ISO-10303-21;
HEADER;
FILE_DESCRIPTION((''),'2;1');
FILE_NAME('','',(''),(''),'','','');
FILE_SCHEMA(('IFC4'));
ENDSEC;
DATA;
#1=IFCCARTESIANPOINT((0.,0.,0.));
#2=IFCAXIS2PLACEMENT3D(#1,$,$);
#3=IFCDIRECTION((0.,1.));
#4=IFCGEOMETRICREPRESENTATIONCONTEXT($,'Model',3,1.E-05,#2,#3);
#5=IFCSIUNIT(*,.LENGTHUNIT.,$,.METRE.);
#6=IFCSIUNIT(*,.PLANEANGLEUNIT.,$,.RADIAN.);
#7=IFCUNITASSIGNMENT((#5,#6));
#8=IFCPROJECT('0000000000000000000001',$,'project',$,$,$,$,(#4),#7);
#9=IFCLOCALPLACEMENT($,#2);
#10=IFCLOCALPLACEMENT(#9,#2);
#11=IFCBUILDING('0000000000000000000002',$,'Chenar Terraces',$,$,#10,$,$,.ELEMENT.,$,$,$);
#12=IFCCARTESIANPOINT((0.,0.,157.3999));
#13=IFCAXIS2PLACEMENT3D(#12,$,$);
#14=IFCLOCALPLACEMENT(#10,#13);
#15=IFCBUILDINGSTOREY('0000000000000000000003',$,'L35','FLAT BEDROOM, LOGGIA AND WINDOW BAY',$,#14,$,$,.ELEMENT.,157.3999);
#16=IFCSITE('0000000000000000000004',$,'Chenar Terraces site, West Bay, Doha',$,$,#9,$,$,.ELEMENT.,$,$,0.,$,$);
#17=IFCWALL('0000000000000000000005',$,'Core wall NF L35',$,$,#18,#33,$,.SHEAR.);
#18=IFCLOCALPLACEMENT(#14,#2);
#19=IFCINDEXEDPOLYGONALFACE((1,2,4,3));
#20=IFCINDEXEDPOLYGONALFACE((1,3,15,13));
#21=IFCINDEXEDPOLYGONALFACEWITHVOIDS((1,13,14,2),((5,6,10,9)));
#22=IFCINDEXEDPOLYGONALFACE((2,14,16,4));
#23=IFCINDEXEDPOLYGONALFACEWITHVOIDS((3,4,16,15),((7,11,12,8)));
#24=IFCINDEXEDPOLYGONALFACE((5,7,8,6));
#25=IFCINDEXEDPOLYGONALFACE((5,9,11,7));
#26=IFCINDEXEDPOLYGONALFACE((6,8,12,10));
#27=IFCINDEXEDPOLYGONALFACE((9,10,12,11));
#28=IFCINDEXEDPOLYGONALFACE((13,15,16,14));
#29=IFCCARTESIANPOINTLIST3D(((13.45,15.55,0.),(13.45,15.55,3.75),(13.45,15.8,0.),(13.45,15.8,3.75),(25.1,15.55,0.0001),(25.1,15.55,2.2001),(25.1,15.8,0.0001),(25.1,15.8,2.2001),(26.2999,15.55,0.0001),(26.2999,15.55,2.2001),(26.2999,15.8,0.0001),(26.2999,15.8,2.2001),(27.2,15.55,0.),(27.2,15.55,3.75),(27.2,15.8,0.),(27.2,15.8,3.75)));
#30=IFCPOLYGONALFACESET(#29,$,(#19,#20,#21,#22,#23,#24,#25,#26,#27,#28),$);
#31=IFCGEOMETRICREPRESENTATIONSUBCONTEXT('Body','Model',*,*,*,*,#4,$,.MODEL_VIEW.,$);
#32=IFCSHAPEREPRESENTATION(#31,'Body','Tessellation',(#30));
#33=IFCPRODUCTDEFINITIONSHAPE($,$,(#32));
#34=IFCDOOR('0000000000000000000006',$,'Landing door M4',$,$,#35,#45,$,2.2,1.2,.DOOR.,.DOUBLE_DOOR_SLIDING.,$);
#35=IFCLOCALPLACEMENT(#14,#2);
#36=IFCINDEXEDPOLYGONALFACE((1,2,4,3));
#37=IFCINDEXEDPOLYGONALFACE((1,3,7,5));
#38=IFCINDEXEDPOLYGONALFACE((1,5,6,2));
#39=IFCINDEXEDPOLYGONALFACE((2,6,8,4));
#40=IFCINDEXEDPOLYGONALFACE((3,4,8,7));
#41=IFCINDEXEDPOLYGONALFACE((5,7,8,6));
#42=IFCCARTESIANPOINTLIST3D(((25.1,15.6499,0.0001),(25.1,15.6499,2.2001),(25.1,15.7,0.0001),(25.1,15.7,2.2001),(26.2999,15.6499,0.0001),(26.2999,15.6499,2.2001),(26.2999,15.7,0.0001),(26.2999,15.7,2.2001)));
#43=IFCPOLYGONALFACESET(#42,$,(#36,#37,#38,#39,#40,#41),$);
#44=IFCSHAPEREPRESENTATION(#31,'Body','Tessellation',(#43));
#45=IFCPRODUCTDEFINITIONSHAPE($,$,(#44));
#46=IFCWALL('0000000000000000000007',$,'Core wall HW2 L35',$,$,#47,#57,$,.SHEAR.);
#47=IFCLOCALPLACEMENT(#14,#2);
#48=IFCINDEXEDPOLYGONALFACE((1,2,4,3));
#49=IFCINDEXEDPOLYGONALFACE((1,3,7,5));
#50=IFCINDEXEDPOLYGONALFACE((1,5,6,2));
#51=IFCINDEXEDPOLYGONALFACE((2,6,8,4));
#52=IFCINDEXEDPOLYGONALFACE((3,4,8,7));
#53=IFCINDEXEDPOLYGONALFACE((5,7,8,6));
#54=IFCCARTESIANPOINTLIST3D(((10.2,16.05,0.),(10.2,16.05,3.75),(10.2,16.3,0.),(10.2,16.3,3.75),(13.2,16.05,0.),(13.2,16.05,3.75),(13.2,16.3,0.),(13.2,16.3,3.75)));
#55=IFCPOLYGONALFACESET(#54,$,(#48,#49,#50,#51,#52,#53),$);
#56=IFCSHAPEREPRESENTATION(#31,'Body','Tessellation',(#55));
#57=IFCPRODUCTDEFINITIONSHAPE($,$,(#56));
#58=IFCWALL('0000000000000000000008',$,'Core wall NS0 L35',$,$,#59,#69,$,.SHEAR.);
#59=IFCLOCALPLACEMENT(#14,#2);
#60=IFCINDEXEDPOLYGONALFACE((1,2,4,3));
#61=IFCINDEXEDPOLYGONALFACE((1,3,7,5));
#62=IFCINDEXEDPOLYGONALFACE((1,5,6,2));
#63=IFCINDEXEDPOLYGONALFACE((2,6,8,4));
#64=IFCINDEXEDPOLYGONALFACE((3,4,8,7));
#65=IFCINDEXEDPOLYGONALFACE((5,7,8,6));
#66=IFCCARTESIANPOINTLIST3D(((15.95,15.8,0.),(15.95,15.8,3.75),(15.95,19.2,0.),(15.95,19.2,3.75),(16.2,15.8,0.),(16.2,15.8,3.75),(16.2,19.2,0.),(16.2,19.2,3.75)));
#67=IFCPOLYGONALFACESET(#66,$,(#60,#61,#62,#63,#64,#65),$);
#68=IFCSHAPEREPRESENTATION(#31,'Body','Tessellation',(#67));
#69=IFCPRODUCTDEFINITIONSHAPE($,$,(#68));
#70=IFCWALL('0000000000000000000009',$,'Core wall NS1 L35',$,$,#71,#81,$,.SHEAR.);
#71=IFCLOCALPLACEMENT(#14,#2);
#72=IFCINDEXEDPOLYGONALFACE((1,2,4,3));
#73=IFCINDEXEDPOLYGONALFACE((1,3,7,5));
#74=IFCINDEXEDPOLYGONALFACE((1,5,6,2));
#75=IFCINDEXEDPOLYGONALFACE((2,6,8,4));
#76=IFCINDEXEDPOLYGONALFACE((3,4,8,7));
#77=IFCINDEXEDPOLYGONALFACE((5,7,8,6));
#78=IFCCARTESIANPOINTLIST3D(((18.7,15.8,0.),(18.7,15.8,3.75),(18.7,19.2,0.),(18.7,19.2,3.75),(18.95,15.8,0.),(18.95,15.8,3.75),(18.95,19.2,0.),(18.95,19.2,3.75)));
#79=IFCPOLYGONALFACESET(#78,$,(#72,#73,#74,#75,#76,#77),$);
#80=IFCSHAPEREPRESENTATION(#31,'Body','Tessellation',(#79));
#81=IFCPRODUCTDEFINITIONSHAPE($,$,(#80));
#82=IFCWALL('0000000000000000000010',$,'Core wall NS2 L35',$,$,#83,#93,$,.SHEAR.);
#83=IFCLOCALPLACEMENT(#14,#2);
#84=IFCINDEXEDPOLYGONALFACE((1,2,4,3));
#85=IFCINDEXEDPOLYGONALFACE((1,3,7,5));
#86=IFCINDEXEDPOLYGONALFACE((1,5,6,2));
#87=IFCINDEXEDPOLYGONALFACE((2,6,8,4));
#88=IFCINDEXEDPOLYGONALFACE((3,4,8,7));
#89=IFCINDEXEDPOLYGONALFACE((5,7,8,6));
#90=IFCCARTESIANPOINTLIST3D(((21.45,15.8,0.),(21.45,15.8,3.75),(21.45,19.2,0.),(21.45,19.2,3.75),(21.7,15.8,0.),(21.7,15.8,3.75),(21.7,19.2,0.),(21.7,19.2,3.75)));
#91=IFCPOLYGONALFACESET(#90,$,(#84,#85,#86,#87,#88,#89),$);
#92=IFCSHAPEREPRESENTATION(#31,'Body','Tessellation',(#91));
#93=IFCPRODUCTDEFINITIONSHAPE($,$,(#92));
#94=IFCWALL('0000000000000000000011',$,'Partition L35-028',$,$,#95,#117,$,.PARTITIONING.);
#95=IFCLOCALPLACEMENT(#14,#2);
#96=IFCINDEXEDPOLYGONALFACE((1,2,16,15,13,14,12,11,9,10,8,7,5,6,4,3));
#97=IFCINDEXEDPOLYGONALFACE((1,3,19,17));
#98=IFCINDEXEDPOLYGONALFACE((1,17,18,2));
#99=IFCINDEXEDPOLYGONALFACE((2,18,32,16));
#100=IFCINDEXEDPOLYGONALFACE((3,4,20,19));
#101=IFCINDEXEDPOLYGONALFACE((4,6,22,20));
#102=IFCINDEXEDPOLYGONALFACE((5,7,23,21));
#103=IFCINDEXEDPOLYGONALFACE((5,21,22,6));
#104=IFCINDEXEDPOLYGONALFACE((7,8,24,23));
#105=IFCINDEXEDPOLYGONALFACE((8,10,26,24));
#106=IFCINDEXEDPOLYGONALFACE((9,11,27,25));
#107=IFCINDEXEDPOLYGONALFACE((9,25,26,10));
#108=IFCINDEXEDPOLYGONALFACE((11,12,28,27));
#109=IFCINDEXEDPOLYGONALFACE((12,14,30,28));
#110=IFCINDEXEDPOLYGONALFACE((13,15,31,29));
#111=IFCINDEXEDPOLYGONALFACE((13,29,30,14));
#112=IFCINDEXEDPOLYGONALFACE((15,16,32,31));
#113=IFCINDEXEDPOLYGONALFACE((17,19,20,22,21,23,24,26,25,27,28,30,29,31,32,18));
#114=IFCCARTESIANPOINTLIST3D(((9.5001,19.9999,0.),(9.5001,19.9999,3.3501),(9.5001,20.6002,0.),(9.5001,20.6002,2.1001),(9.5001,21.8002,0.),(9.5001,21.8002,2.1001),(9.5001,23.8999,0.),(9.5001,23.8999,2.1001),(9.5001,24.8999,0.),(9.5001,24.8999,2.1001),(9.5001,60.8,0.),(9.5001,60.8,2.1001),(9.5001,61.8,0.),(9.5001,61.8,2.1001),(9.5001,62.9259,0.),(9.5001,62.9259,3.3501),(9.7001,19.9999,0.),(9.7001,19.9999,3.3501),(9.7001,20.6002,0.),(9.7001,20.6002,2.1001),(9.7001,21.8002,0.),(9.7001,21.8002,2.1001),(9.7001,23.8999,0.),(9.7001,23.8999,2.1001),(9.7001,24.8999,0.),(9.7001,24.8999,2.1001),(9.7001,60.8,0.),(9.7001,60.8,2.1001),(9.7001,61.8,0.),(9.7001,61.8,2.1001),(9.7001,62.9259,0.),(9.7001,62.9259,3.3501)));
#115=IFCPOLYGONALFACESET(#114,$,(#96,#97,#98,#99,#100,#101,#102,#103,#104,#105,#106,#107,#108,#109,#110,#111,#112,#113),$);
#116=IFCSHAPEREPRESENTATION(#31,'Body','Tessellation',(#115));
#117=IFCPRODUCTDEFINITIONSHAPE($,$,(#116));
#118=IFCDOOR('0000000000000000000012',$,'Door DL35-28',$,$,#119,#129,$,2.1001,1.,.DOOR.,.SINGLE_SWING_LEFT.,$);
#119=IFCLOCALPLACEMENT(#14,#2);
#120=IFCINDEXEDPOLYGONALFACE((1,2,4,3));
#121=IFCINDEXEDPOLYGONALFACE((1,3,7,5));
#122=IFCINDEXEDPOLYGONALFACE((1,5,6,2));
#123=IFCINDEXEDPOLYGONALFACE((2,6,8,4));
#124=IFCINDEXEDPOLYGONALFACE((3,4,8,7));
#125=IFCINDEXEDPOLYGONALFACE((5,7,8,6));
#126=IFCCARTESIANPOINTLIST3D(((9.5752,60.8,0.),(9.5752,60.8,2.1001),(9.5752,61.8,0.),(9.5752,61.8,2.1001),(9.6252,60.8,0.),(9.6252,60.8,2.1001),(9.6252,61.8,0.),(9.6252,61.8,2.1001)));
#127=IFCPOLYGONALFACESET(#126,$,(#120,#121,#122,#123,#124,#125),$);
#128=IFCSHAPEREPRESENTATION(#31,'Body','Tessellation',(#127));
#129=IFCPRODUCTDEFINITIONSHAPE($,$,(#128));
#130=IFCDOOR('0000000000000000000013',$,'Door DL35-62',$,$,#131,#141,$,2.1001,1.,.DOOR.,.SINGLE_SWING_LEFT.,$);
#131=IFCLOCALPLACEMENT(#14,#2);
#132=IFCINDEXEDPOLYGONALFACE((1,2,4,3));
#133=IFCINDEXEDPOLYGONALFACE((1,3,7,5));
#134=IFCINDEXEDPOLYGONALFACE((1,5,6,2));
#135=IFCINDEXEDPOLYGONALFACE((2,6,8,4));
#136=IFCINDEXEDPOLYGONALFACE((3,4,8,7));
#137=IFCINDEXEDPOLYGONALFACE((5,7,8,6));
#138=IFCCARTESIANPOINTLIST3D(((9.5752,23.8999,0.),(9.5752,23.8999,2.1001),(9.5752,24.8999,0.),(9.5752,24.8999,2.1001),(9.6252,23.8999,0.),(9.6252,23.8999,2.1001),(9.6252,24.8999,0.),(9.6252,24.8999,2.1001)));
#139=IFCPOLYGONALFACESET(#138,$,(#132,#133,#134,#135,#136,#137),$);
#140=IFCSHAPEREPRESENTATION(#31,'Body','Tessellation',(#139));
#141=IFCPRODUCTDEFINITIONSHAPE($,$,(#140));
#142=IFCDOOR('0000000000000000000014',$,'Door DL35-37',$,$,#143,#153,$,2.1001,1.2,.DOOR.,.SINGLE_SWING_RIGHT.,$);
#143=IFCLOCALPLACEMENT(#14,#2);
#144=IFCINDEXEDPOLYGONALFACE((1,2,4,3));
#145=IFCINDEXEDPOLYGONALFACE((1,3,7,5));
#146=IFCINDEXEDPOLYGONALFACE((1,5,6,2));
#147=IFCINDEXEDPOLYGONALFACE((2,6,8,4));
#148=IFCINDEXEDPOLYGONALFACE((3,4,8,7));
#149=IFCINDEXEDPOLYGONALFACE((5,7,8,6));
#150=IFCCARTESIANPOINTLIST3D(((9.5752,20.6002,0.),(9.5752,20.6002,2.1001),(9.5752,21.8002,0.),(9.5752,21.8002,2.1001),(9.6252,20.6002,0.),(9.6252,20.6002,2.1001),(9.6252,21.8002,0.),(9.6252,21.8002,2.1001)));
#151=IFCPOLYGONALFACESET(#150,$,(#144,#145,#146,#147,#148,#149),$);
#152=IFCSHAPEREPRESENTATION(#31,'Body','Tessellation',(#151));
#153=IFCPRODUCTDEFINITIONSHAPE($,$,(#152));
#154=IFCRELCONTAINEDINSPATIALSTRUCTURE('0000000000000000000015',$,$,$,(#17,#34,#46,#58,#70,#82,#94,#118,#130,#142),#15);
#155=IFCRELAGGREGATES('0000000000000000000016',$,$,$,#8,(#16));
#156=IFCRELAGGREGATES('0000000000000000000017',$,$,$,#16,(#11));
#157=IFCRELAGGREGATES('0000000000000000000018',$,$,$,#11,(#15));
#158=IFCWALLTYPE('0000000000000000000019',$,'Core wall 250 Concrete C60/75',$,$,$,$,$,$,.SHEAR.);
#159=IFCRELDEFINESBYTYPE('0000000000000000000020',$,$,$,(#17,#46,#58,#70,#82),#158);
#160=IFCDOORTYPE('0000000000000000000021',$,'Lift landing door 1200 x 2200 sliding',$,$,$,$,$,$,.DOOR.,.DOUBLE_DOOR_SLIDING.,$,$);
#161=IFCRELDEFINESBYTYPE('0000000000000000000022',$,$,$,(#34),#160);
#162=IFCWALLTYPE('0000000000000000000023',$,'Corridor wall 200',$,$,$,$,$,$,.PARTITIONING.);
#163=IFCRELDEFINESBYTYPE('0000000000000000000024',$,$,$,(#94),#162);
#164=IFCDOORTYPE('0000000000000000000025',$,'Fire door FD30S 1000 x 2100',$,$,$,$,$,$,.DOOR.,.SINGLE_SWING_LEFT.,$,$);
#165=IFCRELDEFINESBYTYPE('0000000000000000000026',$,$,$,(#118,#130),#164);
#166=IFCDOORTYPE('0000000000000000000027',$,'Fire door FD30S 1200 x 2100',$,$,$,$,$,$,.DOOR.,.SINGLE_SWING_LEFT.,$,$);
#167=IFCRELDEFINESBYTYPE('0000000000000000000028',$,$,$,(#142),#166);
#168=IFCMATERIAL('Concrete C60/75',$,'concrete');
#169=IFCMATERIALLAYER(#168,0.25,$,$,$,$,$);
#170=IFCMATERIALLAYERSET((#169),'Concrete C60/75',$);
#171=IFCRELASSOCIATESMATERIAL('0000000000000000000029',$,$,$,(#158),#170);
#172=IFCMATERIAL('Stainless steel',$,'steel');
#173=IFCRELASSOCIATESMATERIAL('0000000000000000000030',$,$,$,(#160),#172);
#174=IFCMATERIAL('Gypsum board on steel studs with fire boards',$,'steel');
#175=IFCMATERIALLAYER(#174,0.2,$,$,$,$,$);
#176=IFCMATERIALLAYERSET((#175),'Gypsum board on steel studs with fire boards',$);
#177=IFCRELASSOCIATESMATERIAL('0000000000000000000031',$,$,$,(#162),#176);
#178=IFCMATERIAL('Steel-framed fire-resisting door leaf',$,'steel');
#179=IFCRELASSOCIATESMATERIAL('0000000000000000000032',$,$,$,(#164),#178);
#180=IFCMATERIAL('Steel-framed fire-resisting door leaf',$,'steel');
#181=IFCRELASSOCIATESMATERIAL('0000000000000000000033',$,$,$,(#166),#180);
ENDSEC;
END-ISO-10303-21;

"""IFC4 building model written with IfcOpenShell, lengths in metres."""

from ifc_helpers import new_model, si_unit, direction, frame, frame_2d, origin, place, context, subcontext, project, spatial, rectangle, extrude, material, layer, layer_set, type_object, element, fill, save


model = new_model("IFC4")

# Units and contexts
model_context = context("Model", 3, precision=1e-05, world=origin(), true_north=direction((0.0, 1.0)))
body_context = subcontext(model_context, "Body", "Model", "MODEL_VIEW")
ifc_project = project(units=[si_unit("LENGTHUNIT", "METRE"), si_unit("PLANEANGLEUNIT", "RADIAN")], contexts=[model_context])

# Site, building, storey
site_placement = place(None, origin())
site = spatial("IfcSite", under=ifc_project, at=site_placement, Name="Chenar Terraces site, West Bay, Doha", CompositionType="ELEMENT", RefElevation=0.0)
building_placement = place(site_placement, origin())
building = spatial("IfcBuilding", under=site, at=building_placement, Name="Chenar Terraces", CompositionType="ELEMENT")
storey_placement = place(building_placement, frame((0.0, 0.0, 157.3999)))
storey = spatial("IfcBuildingStorey", under=building, at=storey_placement, Name="L35", Description="FLAT BEDROOM, LOGGIA AND WINDOW BAY", CompositionType="ELEMENT", Elevation=157.3999)

# Wall, opening, door
ifc_material_1 = material(Name="Concrete C60/75", Category="concrete")
ifc_layer_1 = layer(ifc_material_1, 0.25)
ifc_layer_set_1 = layer_set([ifc_layer_1], Name="Concrete C60/75")
wall_type_1 = type_object("IfcWallType", Name="Core wall 250 Concrete C60/75", PredefinedType="SHEAR", material=ifc_layer_set_1)
wall_1_placement = place(storey_placement, frame((13.45, 15.675, 0.0), z_axis=(0.0, 0.0, 1.0), x_axis=(1.0, 0.0, 0.0)))
wall_1 = element("IfcWall", 1, at=wall_1_placement, inside=storey, type_object=wall_type_1, Name="Core wall NF L35", PredefinedType="SHEAR", context=body_context, shape_type="SweptSolid", body=[
    extrude(rectangle(XDim=13.75, YDim=0.25, at=frame_2d((6.875, 0.0))), origin(), (0.0, 0.0, 1.0), 3.75),
])
opening_1_placement = place(wall_1_placement, frame((11.6499, 0.0, 0.0)))
opening_1 = element("IfcOpeningElement", 2, at=opening_1_placement, cuts=wall_1, PredefinedType="OPENING", context=body_context, shape_type="SweptSolid", body=[
    extrude(rectangle(XDim=1.2, YDim=2.2, at=frame_2d((0.6001, 1.1001))), frame((0.0, 0.135, 0.0), z_axis=(0.0, -1.0, 0.0), x_axis=(1.0, 0.0, 0.0)), (0.0, 0.0, 1.0), 0.27),
])
ifc_material_2 = material(Name="Stainless steel", Category="steel")
door_type_1 = type_object("IfcDoorType", Name="Lift landing door 1200 x 2200 sliding", OperationType="DOUBLE_DOOR_SLIDING", PredefinedType="DOOR", material=ifc_material_2)
door_1_placement = place(opening_1_placement, origin())
door_1 = element("IfcDoor", 3, at=door_1_placement, inside=storey, type_object=door_type_1, Name="Landing door M4", OperationType="DOUBLE_DOOR_SLIDING", OverallHeight=2.2, OverallWidth=1.2, PredefinedType="DOOR", context=body_context, shape_type="SweptSolid", body=[
    extrude(rectangle(XDim=1.2, YDim=2.2, at=frame_2d((0.6001, 1.1001))), frame((0.0, 0.0249, 0.0), z_axis=(0.0, -1.0, 0.0), x_axis=(1.0, 0.0, 0.0)), (0.0, 0.0, 1.0), 0.05),
])
fill(opening_1, door_1)

# Walls
wall_2_placement = place(storey_placement, frame((10.2, 16.175, 0.0), z_axis=(0.0, 0.0, 1.0), x_axis=(1.0, 0.0, 0.0)))
element("IfcWall", 4, at=wall_2_placement, inside=storey, type_object=wall_type_1, Name="Core wall HW2 L35", PredefinedType="SHEAR", context=body_context, shape_type="SweptSolid", body=[
    extrude(rectangle(XDim=3.0, YDim=0.25, at=frame_2d((1.5, 0.0))), origin(), (0.0, 0.0, 1.0), 3.75),
])
for number, where, z_axis, x_axis, name in (
    (5, (16.075, 15.8, 0.0), (0.0, 0.0, 1.0), (0.0, 1.0, 0.0), "Core wall NS0 L35"),
    (6, (18.825, 15.8, 0.0), (0.0, 0.0, 1.0), (0.0, 1.0, 0.0), "Core wall NS1 L35"),
    (7, (21.575, 15.8, 0.0), (0.0, 0.0, 1.0), (0.0, 1.0, 0.0), "Core wall NS2 L35"),
):
    element("IfcWall", number, at=place(storey_placement, frame(where, z_axis=z_axis, x_axis=x_axis)), inside=storey, type_object=wall_type_1, Name=name, PredefinedType="SHEAR", context=body_context, shape_type="SweptSolid", body=[
        extrude(rectangle(XDim=3.3999, YDim=0.25, at=frame_2d((1.7, 0.0))), origin(), (0.0, 0.0, 1.0), 3.75),
    ])

# Wall, openings, doors
ifc_material_3 = material(Name="Gypsum board on steel studs with fire boards", Category="steel")
ifc_layer_2 = layer(ifc_material_3, 0.2)
ifc_layer_set_2 = layer_set([ifc_layer_2], Name="Gypsum board on steel studs with fire boards")
wall_type_2 = type_object("IfcWallType", Name="Corridor wall 200", PredefinedType="PARTITIONING", material=ifc_layer_set_2)
wall_3_placement = place(storey_placement, frame((9.6001, 20.0, 0.0), z_axis=(0.0, 0.0, 1.0), x_axis=(0.0, 1.0, 0.0)))
wall_3 = element("IfcWall", 8, at=wall_3_placement, inside=storey, type_object=wall_type_2, Name="Partition L35-028", PredefinedType="PARTITIONING", context=body_context, shape_type="SweptSolid", body=[
    extrude(rectangle(XDim=42.926, YDim=0.2, at=frame_2d((21.4629, 0.0))), origin(), (0.0, 0.0, 1.0), 3.3501),
])
opening_2_placement = place(wall_3_placement, frame((40.8, 0.0, 0.0)))
opening_2 = element("IfcOpeningElement", 9, at=opening_2_placement, cuts=wall_3, PredefinedType="OPENING", context=body_context, shape_type="SweptSolid", body=[
    extrude(rectangle(XDim=1.0, YDim=2.1001, at=frame_2d((0.5, 1.05))), frame((0.0, 0.1099, 0.0), z_axis=(0.0, -1.0, 0.0), x_axis=(1.0, 0.0, 0.0)), (0.0, 0.0, 1.0), 0.22),
])
opening_3_placement = place(wall_3_placement, frame((0.6001, 0.0, 0.0)))
opening_3 = element("IfcOpeningElement", 10, at=opening_3_placement, cuts=wall_3, PredefinedType="OPENING", context=body_context, shape_type="SweptSolid", body=[
    extrude(rectangle(XDim=1.2, YDim=2.1001, at=frame_2d((0.6001, 1.05))), frame((0.0, 0.1099, 0.0), z_axis=(0.0, -1.0, 0.0), x_axis=(1.0, 0.0, 0.0)), (0.0, 0.0, 1.0), 0.22),
])
opening_4_placement = place(wall_3_placement, frame((3.8999, 0.0, 0.0)))
opening_4 = element("IfcOpeningElement", 11, at=opening_4_placement, cuts=wall_3, PredefinedType="OPENING", context=body_context, shape_type="SweptSolid", body=[
    extrude(rectangle(XDim=1.0, YDim=2.1001, at=frame_2d((0.5, 1.05))), frame((0.0, 0.1099, 0.0), z_axis=(0.0, -1.0, 0.0), x_axis=(1.0, 0.0, 0.0)), (0.0, 0.0, 1.0), 0.22),
])
ifc_material_4 = material(Name="Steel-framed fire-resisting door leaf", Category="steel")
door_type_2 = type_object("IfcDoorType", Name="Fire door FD30S 1000 x 2100", OperationType="SINGLE_SWING_LEFT", PredefinedType="DOOR", material=ifc_material_4)
door_2_placement = place(opening_2_placement, origin())
door_2 = element("IfcDoor", 12, at=door_2_placement, inside=storey, type_object=door_type_2, Name="Door DL35-28", OperationType="SINGLE_SWING_LEFT", OverallHeight=2.1001, OverallWidth=1.0, PredefinedType="DOOR", context=body_context, shape_type="SweptSolid", body=[
    extrude(rectangle(XDim=1.0, YDim=2.1001, at=frame_2d((0.5, 1.05))), frame((0.0, 0.0249, 0.0), z_axis=(0.0, -1.0, 0.0), x_axis=(1.0, 0.0, 0.0)), (0.0, 0.0, 1.0), 0.05),
])
fill(opening_2, door_2)
door_3_placement = place(opening_4_placement, origin())
door_3 = element("IfcDoor", 13, at=door_3_placement, inside=storey, type_object=door_type_2, Name="Door DL35-62", OperationType="SINGLE_SWING_LEFT", OverallHeight=2.1001, OverallWidth=1.0, PredefinedType="DOOR", context=body_context, shape_type="SweptSolid", body=[
    extrude(rectangle(XDim=1.0, YDim=2.1001, at=frame_2d((0.5, 1.05))), frame((0.0, 0.0249, 0.0), z_axis=(0.0, -1.0, 0.0), x_axis=(1.0, 0.0, 0.0)), (0.0, 0.0, 1.0), 0.05),
])
fill(opening_4, door_3)
ifc_material_5 = material(Name="Steel-framed fire-resisting door leaf", Category="steel")
door_type_3 = type_object("IfcDoorType", Name="Fire door FD30S 1200 x 2100", OperationType="SINGLE_SWING_LEFT", PredefinedType="DOOR", material=ifc_material_5)
door_4_placement = place(opening_3_placement, origin())
door_4 = element("IfcDoor", 14, at=door_4_placement, inside=storey, type_object=door_type_3, Name="Door DL35-37", OperationType="SINGLE_SWING_RIGHT", OverallHeight=2.1001, OverallWidth=1.2, PredefinedType="DOOR", context=body_context, shape_type="SweptSolid", body=[
    extrude(rectangle(XDim=1.2, YDim=2.1001, at=frame_2d((0.6001, 1.05))), frame((0.0, 0.0249, 0.0), z_axis=(0.0, -1.0, 0.0), x_axis=(1.0, 0.0, 0.0)), (0.0, 0.0, 1.0), 0.05),
])
fill(opening_3, door_4)

save(model, "model.ifc")
